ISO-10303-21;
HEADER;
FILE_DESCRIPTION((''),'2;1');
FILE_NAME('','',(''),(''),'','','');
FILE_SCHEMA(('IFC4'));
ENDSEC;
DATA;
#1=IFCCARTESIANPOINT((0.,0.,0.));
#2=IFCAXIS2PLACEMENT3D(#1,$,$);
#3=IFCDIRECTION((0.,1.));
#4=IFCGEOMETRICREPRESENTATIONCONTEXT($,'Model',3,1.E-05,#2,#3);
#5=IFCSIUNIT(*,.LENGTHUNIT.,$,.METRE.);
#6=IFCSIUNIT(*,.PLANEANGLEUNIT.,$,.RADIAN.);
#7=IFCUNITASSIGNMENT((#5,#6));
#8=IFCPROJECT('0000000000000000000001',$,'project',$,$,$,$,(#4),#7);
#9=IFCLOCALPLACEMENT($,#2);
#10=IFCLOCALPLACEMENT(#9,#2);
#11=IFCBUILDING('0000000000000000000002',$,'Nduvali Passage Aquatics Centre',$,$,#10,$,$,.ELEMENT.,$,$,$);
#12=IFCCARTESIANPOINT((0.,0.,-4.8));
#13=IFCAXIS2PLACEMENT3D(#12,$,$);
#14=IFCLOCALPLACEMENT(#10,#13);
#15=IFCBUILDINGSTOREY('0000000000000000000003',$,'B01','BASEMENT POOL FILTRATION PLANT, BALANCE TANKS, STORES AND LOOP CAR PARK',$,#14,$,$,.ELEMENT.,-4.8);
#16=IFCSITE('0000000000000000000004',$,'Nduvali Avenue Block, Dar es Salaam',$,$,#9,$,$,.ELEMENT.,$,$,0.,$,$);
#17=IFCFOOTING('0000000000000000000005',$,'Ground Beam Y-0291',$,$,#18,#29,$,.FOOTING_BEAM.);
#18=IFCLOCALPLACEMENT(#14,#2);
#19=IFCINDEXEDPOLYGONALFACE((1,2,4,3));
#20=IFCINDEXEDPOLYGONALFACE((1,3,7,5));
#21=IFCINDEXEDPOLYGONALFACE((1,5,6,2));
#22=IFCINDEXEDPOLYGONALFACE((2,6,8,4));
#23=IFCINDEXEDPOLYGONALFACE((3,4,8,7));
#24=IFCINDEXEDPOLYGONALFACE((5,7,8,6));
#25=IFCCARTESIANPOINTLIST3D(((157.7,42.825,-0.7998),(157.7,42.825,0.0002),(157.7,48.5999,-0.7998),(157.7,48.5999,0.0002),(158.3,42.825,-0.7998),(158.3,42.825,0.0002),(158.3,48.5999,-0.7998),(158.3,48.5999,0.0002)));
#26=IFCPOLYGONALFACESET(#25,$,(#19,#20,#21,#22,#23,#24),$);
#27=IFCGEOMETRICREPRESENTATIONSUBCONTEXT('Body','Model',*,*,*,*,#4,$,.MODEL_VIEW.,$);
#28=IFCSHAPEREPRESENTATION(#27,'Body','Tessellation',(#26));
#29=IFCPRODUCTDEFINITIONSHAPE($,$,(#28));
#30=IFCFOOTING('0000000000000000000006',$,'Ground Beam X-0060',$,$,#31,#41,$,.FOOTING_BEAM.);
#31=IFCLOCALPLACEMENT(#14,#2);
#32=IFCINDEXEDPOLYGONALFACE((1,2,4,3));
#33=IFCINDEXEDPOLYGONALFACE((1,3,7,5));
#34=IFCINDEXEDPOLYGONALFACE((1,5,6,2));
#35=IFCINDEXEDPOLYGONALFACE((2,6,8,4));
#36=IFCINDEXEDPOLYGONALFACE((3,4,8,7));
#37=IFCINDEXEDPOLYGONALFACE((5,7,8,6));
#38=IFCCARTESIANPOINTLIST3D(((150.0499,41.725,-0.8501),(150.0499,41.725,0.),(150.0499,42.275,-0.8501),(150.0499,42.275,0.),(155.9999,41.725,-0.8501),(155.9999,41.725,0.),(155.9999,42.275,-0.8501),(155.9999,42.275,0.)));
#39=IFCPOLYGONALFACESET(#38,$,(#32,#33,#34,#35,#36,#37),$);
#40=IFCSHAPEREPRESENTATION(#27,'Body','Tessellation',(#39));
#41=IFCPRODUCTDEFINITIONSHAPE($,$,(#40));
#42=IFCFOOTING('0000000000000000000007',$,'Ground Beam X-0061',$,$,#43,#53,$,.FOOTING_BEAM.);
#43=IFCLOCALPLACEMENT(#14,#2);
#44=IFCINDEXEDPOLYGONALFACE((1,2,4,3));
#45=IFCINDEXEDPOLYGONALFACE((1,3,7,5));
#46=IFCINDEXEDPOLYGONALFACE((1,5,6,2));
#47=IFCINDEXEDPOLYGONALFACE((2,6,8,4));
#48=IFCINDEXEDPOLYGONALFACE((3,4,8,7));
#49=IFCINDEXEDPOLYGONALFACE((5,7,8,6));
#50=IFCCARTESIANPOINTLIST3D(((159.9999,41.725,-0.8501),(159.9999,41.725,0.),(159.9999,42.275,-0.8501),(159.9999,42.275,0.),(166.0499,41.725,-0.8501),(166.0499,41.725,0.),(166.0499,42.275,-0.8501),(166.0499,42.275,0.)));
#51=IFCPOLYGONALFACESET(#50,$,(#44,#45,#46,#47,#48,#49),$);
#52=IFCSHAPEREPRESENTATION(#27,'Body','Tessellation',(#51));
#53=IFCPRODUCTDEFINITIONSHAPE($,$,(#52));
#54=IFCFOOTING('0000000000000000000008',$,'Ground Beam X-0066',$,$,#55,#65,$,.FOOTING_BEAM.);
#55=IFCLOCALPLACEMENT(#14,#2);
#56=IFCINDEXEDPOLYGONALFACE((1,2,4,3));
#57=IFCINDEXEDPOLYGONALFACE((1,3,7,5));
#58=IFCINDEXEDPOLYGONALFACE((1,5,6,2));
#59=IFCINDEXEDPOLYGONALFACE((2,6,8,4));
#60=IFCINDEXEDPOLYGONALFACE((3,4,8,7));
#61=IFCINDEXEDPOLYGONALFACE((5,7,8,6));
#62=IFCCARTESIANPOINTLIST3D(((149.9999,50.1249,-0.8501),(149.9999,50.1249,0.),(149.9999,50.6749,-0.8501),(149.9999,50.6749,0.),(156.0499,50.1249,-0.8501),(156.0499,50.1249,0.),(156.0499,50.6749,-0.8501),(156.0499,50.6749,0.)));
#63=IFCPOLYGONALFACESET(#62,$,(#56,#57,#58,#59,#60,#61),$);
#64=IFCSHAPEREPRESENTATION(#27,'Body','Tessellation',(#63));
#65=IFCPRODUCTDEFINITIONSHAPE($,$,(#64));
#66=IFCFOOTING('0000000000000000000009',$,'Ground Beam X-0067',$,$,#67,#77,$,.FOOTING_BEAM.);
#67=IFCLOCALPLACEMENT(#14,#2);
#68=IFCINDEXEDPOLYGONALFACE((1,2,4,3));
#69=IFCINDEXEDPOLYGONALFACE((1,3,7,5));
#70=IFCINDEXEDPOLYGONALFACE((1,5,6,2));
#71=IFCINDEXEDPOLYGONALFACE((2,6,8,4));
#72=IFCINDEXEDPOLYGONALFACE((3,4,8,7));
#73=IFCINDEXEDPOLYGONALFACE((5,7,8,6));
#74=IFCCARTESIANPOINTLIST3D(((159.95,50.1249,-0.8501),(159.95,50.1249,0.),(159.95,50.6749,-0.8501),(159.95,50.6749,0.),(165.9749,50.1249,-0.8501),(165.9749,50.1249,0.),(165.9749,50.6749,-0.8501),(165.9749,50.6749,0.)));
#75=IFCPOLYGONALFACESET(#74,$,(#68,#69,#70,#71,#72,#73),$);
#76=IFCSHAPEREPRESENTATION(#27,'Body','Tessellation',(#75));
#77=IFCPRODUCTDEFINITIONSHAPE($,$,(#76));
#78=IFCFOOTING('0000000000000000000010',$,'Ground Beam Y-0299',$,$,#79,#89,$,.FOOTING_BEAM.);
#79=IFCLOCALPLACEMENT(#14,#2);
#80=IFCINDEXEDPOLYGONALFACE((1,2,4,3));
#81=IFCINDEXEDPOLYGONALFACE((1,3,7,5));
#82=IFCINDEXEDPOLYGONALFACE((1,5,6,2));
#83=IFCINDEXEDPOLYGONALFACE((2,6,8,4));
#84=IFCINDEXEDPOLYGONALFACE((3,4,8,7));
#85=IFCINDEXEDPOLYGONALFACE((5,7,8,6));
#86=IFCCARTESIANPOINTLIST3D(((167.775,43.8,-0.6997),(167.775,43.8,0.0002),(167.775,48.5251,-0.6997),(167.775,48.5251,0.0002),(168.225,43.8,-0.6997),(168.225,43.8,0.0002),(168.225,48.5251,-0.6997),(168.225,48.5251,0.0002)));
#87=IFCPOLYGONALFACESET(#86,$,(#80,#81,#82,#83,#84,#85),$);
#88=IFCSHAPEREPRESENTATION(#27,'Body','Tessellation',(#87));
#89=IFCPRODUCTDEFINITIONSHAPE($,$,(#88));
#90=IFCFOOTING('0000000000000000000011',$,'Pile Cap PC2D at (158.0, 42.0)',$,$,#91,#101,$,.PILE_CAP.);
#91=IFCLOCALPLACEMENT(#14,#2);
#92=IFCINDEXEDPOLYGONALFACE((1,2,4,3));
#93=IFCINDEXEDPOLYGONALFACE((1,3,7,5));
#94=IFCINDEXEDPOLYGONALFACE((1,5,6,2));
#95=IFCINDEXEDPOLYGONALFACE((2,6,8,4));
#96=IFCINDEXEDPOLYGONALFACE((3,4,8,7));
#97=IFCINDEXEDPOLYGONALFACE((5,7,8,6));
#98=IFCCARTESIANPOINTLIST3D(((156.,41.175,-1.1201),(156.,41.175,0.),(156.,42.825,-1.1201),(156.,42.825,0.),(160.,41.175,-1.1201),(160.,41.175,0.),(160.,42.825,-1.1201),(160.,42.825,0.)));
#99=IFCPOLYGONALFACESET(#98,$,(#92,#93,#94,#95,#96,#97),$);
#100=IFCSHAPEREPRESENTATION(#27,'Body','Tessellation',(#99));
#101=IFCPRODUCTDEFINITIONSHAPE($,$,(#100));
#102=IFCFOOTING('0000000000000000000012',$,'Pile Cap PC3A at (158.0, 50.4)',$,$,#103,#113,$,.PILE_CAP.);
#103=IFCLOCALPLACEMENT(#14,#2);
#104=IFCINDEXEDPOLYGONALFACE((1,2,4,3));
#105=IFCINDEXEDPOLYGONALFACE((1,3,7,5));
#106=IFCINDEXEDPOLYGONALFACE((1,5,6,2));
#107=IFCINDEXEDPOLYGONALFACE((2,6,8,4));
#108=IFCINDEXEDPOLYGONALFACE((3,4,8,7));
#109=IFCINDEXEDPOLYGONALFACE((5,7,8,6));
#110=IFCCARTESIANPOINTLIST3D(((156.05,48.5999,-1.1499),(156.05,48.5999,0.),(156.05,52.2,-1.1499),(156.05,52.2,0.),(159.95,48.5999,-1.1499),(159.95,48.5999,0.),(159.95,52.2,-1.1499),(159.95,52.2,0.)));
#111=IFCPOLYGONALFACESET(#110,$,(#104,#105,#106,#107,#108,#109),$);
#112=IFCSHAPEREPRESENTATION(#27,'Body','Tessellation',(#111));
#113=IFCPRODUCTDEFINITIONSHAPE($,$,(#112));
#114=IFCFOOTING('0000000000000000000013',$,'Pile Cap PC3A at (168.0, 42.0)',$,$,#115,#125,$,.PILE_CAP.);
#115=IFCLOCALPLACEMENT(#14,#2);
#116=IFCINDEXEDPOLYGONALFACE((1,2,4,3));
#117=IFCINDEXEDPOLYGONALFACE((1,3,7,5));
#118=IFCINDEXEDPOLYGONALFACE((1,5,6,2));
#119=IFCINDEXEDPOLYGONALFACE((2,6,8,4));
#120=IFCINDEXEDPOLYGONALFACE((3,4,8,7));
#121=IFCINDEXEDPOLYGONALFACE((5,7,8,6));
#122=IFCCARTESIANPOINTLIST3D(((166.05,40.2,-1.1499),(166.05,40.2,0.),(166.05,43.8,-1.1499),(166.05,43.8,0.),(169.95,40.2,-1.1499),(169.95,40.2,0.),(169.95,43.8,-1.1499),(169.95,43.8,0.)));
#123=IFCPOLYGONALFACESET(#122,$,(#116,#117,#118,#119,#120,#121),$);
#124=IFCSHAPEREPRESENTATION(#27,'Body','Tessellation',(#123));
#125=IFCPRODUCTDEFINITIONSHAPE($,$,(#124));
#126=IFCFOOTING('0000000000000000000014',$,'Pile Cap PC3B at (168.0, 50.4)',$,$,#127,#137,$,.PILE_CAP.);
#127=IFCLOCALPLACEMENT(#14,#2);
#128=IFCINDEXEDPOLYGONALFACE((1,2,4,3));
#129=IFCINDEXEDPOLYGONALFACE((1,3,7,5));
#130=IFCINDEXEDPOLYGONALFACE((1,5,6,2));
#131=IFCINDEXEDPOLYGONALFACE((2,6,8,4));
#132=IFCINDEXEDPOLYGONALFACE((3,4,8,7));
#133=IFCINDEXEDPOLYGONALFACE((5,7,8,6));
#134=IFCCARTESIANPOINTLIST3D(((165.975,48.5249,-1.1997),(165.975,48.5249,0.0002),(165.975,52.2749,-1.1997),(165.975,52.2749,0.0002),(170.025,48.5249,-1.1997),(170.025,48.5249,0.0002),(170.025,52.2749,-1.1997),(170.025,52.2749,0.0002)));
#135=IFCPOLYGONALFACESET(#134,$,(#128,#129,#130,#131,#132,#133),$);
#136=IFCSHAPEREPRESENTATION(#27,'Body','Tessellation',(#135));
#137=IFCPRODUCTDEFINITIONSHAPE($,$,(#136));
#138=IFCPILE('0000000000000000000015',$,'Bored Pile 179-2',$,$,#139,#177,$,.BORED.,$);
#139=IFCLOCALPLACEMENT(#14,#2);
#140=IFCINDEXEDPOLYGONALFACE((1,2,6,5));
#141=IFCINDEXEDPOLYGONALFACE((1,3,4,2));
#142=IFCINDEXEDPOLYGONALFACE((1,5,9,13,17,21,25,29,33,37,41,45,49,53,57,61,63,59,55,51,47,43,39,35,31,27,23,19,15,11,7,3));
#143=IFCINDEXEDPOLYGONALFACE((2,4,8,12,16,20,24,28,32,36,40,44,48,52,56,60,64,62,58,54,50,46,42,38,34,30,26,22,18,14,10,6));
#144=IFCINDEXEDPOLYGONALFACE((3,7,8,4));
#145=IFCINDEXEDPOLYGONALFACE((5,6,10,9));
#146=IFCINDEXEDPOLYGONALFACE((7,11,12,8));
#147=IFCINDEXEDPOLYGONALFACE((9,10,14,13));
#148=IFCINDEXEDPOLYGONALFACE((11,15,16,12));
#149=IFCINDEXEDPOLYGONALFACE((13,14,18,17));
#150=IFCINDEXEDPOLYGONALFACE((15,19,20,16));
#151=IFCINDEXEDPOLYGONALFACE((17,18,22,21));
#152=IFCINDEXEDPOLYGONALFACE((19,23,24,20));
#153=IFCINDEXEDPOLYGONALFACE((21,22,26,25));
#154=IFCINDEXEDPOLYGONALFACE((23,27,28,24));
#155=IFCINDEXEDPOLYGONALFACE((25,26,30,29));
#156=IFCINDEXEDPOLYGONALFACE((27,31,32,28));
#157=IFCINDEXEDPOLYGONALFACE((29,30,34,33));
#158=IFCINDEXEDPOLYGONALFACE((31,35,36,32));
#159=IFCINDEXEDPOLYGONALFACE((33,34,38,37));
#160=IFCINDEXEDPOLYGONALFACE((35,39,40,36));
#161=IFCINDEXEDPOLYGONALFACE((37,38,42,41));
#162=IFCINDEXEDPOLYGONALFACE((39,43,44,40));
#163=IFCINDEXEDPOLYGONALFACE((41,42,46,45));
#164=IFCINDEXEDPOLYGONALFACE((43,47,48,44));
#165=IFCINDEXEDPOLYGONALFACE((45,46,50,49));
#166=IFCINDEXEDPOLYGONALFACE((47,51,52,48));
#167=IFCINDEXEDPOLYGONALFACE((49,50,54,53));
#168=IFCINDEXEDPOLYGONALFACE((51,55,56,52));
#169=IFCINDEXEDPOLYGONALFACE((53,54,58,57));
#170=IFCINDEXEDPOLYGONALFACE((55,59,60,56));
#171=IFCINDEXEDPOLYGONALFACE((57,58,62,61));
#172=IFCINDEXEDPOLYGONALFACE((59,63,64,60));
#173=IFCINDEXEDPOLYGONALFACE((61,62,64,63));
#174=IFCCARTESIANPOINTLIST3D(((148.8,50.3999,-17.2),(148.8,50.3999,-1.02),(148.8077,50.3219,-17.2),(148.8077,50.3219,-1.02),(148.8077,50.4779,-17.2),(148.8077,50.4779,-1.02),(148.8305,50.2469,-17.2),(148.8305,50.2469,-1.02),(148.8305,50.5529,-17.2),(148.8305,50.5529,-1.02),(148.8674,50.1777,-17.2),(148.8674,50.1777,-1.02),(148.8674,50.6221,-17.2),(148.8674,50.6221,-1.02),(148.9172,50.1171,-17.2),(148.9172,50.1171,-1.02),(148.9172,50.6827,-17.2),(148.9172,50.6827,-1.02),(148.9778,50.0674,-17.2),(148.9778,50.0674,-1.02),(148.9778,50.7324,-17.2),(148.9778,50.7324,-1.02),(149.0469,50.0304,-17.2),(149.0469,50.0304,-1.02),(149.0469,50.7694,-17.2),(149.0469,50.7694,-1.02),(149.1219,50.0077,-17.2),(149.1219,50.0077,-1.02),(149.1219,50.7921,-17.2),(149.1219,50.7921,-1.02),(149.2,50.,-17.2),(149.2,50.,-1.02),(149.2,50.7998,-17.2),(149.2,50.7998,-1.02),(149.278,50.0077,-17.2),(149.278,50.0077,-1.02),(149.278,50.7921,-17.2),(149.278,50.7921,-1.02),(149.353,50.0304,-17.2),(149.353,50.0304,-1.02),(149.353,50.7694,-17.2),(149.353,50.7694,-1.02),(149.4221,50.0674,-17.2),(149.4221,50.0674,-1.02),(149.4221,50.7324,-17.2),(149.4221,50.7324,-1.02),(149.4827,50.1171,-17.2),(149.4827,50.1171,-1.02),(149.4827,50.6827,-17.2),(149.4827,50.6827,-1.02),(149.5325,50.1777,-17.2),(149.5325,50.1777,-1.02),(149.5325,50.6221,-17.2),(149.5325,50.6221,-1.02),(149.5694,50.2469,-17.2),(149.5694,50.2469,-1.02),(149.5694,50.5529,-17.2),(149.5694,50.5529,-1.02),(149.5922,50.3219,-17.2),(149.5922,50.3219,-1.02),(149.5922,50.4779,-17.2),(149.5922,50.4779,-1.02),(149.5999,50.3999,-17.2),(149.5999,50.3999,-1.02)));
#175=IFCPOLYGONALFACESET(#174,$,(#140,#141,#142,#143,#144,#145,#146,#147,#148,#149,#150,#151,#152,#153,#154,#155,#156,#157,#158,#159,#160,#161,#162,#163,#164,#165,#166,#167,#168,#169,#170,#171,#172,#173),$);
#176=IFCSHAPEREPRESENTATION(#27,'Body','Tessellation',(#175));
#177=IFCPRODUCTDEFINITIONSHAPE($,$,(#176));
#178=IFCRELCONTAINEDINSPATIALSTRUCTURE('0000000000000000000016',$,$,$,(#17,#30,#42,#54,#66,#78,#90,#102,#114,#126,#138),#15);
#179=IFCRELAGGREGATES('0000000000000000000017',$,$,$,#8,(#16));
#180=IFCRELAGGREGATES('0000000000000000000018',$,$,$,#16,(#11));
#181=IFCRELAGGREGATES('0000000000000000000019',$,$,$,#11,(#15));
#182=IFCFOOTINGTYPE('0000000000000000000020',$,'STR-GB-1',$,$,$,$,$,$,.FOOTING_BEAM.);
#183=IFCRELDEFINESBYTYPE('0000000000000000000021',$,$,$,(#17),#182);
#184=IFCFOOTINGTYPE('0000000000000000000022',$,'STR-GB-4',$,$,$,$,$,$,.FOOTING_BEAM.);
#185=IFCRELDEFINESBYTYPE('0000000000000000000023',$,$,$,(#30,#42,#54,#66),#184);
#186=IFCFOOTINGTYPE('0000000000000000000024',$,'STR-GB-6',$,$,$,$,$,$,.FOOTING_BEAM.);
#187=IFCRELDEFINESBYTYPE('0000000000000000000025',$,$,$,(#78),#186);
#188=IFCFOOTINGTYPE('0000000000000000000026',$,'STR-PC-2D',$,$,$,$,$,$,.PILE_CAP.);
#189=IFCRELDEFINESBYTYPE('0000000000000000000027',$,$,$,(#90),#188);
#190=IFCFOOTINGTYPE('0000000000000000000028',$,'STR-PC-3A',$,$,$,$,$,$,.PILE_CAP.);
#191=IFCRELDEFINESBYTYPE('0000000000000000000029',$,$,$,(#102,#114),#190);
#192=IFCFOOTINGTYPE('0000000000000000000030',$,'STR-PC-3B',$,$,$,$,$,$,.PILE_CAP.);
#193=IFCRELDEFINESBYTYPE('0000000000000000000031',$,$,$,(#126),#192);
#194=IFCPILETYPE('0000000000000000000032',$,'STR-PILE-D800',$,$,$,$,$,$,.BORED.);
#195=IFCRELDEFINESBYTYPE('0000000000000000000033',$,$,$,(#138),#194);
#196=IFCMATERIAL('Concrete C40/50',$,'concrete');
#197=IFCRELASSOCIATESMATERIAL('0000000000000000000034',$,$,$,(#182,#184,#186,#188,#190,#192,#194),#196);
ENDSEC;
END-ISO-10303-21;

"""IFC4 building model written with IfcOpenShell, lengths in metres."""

from ifc_helpers import new_model, si_unit, direction, frame, origin, origin_2d, place, context, subcontext, project, spatial, rectangle, circle, extrude, material, material_profile, profile_set, type_object, element, save


model = new_model("IFC4")

# Units and contexts
model_context = context("Model", 3, precision=1e-05, world=origin(), true_north=direction((0.0, 1.0)))
body_context = subcontext(model_context, "Body", "Model", "MODEL_VIEW")
ifc_project = project(units=[si_unit("LENGTHUNIT", "METRE"), si_unit("PLANEANGLEUNIT", "RADIAN")], contexts=[model_context])

# Site, building, storey
site_placement = place(None, origin())
site = spatial("IfcSite", under=ifc_project, at=site_placement, Name="Nduvali Avenue Block, Dar es Salaam", CompositionType="ELEMENT", RefElevation=0.0)
building_placement = place(site_placement, origin())
building = spatial("IfcBuilding", under=site, at=building_placement, Name="Nduvali Passage Aquatics Centre", CompositionType="ELEMENT")
storey_placement = place(building_placement, frame((0.0, 0.0, -4.8)))
storey = spatial("IfcBuildingStorey", under=building, at=storey_placement, Name="B01", Description="BASEMENT POOL FILTRATION PLANT, BALANCE TANKS, STORES AND LOOP CAR PARK", CompositionType="ELEMENT", Elevation=-4.8)

# Footings
ifc_material = material(Name="Concrete C40/50", Category="concrete")
footing_type_1 = type_object("IfcFootingType", Name="STR-GB-1", PredefinedType="FOOTING_BEAM", material=ifc_material)
footing_1_placement = place(storey_placement, frame((158.0, 45.7124, -0.7998), z_axis=(0.0, 0.0, 1.0), x_axis=(0.0, 1.0, 0.0)))
element("IfcFooting", 1, at=footing_1_placement, inside=storey, type_object=footing_type_1, Name="Ground Beam Y-0291", PredefinedType="FOOTING_BEAM", context=body_context, shape_type="SweptSolid", body=[
    extrude(rectangle(XDim=5.7749, YDim=0.6001, at=origin_2d()), origin(), (0.0, 0.0, 1.0), 0.8),
])
footing_type_2 = type_object("IfcFootingType", Name="STR-GB-4", PredefinedType="FOOTING_BEAM", material=ifc_material)
footing_2_placement = place(storey_placement, frame((153.0249, 42.0, -0.8501), z_axis=(0.0, 0.0, 1.0), x_axis=(1.0, 0.0, 0.0)))
element("IfcFooting", 2, at=footing_2_placement, inside=storey, type_object=footing_type_2, Name="Ground Beam X-0060", PredefinedType="FOOTING_BEAM", context=body_context, shape_type="SweptSolid", body=[
    extrude(rectangle(XDim=5.95, YDim=0.55, at=origin_2d()), origin(), (0.0, 0.0, 1.0), 0.8501),
])
for number, where, z_axis, x_axis, name in (
    (3, (163.0249, 42.0, -0.8501), (0.0, 0.0, 1.0), (1.0, 0.0, 0.0), "Ground Beam X-0061"),
    (4, (153.0249, 50.3999, -0.8501), (0.0, 0.0, 1.0), (1.0, 0.0, 0.0), "Ground Beam X-0066"),
):
    element("IfcFooting", number, at=place(storey_placement, frame(where, z_axis=z_axis, x_axis=x_axis)), inside=storey, type_object=footing_type_2, Name=name, PredefinedType="FOOTING_BEAM", context=body_context, shape_type="SweptSolid", body=[
        extrude(rectangle(XDim=6.05, YDim=0.55, at=origin_2d()), origin(), (0.0, 0.0, 1.0), 0.8501),
    ])
footing_3_placement = place(storey_placement, frame((162.9624, 50.3999, -0.8501), z_axis=(0.0, 0.0, 1.0), x_axis=(1.0, 0.0, 0.0)))
element("IfcFooting", 5, at=footing_3_placement, inside=storey, type_object=footing_type_2, Name="Ground Beam X-0067", PredefinedType="FOOTING_BEAM", context=body_context, shape_type="SweptSolid", body=[
    extrude(rectangle(XDim=6.0249, YDim=0.55, at=origin_2d()), origin(), (0.0, 0.0, 1.0), 0.8501),
])
footing_type_3 = type_object("IfcFootingType", Name="STR-GB-6", PredefinedType="FOOTING_BEAM", material=ifc_material)
footing_4_placement = place(storey_placement, frame((168.0, 46.1626, -0.6997), z_axis=(0.0, 0.0, 1.0), x_axis=(0.0, 1.0, 0.0)))
element("IfcFooting", 6, at=footing_4_placement, inside=storey, type_object=footing_type_3, Name="Ground Beam Y-0299", PredefinedType="FOOTING_BEAM", context=body_context, shape_type="SweptSolid", body=[
    extrude(rectangle(XDim=4.7251, YDim=0.45, at=origin_2d()), origin(), (0.0, 0.0, 1.0), 0.7),
])
footing_type_4 = type_object("IfcFootingType", Name="STR-PC-2D", PredefinedType="PILE_CAP", material=ifc_material)
footing_5_placement = place(storey_placement, frame((158.0, 42.0, -1.1201), z_axis=(0.0, 0.0, 1.0), x_axis=(1.0, 0.0, 0.0)))
element("IfcFooting", 7, at=footing_5_placement, inside=storey, type_object=footing_type_4, Name="Pile Cap PC2D at (158.0, 42.0)", PredefinedType="PILE_CAP", context=body_context, shape_type="SweptSolid", body=[
    extrude(rectangle(XDim=4.0, YDim=1.6499, at=origin_2d()), origin(), (0.0, 0.0, 1.0), 1.1201),
])
footing_type_5 = type_object("IfcFootingType", Name="STR-PC-3A", PredefinedType="PILE_CAP", material=ifc_material)
for number, where, z_axis, x_axis, name in (
    (8, (158.0, 50.3999, -1.1499), (0.0, 0.0, 1.0), (1.0, 0.0, 0.0), "Pile Cap PC3A at (158.0, 50.4)"),
    (9, (168.0, 42.0, -1.1499), (0.0, 0.0, 1.0), (1.0, 0.0, 0.0), "Pile Cap PC3A at (168.0, 42.0)"),
):
    element("IfcFooting", number, at=place(storey_placement, frame(where, z_axis=z_axis, x_axis=x_axis)), inside=storey, type_object=footing_type_5, Name=name, PredefinedType="PILE_CAP", context=body_context, shape_type="SweptSolid", body=[
        extrude(rectangle(XDim=3.8999, YDim=3.6001, at=origin_2d()), origin(), (0.0, 0.0, 1.0), 1.1499),
    ])
footing_type_6 = type_object("IfcFootingType", Name="STR-PC-3B", PredefinedType="PILE_CAP", material=ifc_material)
footing_6_placement = place(storey_placement, frame((168.0, 50.3999, -1.1997), z_axis=(0.0, 0.0, 1.0), x_axis=(1.0, 0.0, 0.0)))
element("IfcFooting", 10, at=footing_6_placement, inside=storey, type_object=footing_type_6, Name="Pile Cap PC3B at (168.0, 50.4)", PredefinedType="PILE_CAP", context=body_context, shape_type="SweptSolid", body=[
    extrude(rectangle(XDim=4.05, YDim=3.75, at=origin_2d()), origin(), (0.0, 0.0, 1.0), 1.2),
])

# Pile
ifc_material_profile_1 = material_profile(ifc_material, circle(Radius=0.3999, at=origin_2d()), Name="PILE D800")
ifc_profile_set_1 = profile_set([ifc_material_profile_1], Name="Concrete C40/50")
pile_type_1 = type_object("IfcPileType", Name="STR-PILE-D800", PredefinedType="BORED", material=ifc_profile_set_1)
for number, where, z_axis, x_axis, name in (
    (11, (149.2, 50.3999, -1.02), (0.0, 0.0, -1.0), (1.0, 0.0, 0.0), "Bored Pile 179-2"),
):
    element("IfcPile", number, at=place(storey_placement, frame(where, z_axis=z_axis, x_axis=x_axis)), inside=storey, type_object=pile_type_1, Name=name, PredefinedType="BORED", context=body_context, shape_type="SweptSolid", body=[
        extrude(circle(Radius=0.3999, at=origin_2d()), origin(), (0.0, 0.0, 1.0), 16.1799),
    ])

save(model, "model.ifc")
